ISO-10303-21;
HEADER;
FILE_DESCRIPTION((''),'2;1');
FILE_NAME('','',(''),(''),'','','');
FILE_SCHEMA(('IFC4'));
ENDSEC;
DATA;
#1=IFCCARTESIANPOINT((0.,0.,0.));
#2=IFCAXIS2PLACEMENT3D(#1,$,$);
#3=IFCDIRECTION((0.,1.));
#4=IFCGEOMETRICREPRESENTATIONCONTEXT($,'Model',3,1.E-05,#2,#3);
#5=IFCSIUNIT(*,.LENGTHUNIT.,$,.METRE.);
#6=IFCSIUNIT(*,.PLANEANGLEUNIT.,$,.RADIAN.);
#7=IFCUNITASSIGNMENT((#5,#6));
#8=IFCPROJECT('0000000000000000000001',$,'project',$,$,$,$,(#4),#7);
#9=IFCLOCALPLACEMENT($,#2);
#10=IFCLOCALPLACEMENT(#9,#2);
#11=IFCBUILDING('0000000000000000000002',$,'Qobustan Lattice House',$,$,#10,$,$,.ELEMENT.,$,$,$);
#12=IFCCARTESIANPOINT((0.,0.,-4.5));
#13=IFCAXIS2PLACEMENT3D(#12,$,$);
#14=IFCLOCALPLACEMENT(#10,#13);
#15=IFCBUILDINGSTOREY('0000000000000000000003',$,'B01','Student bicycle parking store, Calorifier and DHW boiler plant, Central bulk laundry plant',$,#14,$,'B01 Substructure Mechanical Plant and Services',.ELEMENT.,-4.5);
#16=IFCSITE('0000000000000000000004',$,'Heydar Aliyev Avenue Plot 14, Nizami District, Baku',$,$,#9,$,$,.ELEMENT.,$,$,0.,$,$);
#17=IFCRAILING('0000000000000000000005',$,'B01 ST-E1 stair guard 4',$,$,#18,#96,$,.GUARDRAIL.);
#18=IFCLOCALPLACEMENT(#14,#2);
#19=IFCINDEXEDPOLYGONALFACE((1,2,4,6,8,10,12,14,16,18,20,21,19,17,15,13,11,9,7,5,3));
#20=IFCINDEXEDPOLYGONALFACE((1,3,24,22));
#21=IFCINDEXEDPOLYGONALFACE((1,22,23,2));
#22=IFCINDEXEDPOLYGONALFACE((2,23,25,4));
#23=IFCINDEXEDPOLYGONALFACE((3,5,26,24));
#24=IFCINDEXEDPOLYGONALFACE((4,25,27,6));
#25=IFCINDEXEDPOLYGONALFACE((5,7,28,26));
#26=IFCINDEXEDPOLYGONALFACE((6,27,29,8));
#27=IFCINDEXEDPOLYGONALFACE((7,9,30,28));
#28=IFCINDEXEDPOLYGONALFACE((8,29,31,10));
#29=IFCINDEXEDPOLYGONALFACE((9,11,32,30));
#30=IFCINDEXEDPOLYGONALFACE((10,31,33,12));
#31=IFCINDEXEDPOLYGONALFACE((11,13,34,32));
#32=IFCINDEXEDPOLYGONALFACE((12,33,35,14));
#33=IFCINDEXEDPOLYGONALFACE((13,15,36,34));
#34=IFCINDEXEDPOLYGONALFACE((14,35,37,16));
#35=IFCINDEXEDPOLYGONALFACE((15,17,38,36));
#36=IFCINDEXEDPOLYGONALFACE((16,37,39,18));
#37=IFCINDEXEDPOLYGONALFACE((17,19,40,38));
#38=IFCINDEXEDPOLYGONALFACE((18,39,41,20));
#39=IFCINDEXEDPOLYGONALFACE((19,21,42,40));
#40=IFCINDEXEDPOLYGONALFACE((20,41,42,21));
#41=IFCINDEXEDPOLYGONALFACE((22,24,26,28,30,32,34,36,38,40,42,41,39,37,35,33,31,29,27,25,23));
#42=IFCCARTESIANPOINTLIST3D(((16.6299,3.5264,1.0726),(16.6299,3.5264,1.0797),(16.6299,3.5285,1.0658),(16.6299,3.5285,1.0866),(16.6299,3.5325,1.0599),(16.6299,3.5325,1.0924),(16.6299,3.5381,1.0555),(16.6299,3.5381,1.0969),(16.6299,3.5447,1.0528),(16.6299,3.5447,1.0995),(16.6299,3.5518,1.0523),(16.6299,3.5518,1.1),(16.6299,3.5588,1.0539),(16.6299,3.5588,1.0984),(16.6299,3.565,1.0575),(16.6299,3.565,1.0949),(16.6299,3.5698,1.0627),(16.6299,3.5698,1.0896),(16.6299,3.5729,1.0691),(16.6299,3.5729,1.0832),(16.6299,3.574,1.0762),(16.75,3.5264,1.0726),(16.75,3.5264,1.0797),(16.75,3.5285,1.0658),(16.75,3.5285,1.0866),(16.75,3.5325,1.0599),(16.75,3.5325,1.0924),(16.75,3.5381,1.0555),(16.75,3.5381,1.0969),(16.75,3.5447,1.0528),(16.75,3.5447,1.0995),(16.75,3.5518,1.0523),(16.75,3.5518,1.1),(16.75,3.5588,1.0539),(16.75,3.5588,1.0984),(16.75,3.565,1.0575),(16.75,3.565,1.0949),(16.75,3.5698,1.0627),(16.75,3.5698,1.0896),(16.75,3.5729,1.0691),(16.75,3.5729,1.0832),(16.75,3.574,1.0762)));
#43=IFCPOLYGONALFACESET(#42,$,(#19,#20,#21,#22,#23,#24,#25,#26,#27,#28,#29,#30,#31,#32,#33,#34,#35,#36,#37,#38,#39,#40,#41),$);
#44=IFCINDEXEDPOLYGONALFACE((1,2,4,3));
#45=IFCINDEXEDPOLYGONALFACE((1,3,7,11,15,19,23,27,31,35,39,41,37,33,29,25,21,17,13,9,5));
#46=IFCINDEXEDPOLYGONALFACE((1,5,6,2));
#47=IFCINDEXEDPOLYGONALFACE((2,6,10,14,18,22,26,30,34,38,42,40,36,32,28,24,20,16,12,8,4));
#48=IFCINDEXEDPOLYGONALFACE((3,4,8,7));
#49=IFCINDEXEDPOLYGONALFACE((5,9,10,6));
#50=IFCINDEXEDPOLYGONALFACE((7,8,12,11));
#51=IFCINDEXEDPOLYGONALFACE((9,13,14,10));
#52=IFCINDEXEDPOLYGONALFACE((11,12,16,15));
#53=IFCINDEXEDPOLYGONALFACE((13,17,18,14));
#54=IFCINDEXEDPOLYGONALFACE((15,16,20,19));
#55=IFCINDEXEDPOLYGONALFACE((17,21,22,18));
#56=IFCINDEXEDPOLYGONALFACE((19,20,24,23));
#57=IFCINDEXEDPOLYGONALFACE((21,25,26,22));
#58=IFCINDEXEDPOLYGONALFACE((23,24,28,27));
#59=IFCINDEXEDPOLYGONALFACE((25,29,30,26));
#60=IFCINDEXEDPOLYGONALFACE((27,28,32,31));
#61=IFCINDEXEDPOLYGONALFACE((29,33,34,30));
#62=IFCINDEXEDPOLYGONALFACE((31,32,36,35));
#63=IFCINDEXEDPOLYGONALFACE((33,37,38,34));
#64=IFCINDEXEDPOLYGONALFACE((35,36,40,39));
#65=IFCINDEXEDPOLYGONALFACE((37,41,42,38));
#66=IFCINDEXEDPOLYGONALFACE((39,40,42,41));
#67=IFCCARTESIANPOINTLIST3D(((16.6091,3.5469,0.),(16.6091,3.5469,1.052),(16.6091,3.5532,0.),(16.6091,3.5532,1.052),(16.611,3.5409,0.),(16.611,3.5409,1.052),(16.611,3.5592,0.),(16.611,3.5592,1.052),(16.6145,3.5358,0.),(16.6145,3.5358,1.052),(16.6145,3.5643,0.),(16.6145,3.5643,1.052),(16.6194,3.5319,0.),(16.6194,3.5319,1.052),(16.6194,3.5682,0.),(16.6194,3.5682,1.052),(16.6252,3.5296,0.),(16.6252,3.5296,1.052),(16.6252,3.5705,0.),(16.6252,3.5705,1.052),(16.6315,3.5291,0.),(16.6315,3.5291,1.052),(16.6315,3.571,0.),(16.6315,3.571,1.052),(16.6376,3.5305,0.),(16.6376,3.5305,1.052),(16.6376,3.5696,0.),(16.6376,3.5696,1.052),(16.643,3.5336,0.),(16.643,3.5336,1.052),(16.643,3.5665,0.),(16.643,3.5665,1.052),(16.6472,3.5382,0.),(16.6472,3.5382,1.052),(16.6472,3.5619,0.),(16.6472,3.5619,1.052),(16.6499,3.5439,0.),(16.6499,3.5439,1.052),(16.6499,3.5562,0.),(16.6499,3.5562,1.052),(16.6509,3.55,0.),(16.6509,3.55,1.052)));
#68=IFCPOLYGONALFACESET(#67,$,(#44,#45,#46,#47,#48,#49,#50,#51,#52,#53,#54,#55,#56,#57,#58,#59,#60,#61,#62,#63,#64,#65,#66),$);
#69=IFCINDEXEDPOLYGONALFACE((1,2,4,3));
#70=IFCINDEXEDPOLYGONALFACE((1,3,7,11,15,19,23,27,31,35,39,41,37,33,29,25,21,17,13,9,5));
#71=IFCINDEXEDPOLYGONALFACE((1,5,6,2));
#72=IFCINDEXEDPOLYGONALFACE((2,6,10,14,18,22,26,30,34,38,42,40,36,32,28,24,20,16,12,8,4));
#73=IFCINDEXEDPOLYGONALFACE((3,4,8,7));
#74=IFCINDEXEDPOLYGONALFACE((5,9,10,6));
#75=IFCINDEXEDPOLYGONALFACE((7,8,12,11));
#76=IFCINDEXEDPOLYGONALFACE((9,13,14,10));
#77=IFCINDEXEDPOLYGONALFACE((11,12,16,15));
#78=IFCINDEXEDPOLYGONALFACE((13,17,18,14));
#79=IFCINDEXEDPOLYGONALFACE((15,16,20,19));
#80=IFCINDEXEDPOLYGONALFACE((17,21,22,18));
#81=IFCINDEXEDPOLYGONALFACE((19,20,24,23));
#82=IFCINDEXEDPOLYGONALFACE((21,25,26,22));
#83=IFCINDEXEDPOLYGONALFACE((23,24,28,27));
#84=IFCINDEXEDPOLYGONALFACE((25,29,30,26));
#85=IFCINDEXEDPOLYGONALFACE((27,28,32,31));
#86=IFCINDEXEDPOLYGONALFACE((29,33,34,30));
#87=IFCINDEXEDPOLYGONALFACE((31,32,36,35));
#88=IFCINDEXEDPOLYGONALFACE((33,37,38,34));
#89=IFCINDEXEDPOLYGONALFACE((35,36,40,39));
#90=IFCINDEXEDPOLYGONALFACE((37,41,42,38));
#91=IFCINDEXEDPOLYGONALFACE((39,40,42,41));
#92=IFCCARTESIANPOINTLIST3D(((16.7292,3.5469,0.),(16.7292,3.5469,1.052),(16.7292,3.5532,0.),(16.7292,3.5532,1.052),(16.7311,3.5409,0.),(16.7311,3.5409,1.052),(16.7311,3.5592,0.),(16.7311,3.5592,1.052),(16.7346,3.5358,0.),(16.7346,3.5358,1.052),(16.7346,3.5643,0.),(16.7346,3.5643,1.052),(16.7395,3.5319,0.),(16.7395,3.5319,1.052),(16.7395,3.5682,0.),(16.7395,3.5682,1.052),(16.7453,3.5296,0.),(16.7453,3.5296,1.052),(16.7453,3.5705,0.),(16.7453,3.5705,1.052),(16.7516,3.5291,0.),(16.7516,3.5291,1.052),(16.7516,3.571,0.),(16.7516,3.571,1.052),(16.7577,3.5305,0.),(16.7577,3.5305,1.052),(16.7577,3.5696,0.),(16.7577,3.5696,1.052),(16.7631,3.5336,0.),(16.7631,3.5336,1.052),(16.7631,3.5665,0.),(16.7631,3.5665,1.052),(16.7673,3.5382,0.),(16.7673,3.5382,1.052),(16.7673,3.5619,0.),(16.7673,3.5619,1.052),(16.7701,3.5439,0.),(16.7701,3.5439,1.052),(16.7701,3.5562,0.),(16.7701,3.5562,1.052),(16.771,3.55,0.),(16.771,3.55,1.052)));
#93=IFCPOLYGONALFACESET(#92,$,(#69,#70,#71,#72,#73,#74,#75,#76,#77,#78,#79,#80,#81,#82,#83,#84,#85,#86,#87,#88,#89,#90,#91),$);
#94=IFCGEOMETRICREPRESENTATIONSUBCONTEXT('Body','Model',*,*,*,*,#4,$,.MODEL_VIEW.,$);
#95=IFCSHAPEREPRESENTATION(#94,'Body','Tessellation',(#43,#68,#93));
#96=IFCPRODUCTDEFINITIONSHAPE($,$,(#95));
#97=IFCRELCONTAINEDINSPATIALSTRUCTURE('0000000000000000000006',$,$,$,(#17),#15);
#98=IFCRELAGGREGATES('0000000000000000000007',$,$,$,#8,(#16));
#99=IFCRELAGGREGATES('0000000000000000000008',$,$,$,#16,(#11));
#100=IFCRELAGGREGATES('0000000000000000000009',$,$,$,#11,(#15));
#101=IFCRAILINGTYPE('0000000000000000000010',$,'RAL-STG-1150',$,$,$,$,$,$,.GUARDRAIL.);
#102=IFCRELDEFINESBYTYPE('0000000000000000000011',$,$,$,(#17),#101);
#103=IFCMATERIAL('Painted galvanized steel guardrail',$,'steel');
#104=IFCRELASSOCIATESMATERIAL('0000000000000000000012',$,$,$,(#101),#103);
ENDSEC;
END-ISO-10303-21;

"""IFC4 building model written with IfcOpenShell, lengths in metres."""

from ifc_helpers import new_model, si_unit, direction, frame, origin, origin_2d, place, context, subcontext, project, spatial, circle, extrude, material, type_object, element, save


model = new_model("IFC4")

# Units and contexts
model_context = context("Model", 3, precision=1e-05, world=origin(), true_north=direction((0.0, 1.0)))
body_context = subcontext(model_context, "Body", "Model", "MODEL_VIEW")
ifc_project = project(units=[si_unit("LENGTHUNIT", "METRE"), si_unit("PLANEANGLEUNIT", "RADIAN")], contexts=[model_context])

# Site, building, storey
site_placement = place(None, origin())
site = spatial("IfcSite", under=ifc_project, at=site_placement, Name="Heydar Aliyev Avenue Plot 14, Nizami District, Baku", CompositionType="ELEMENT", RefElevation=0.0)
building_placement = place(site_placement, origin())
building = spatial("IfcBuilding", under=site, at=building_placement, Name="Qobustan Lattice House", CompositionType="ELEMENT")
storey_placement = place(building_placement, frame((0.0, 0.0, -4.5)))
storey = spatial("IfcBuildingStorey", under=building, at=storey_placement, Name="B01", Description="Student bicycle parking store, Calorifier and DHW boiler plant, Central bulk laundry plant", LongName="B01 Substructure Mechanical Plant and Services", CompositionType="ELEMENT", Elevation=-4.5)

# Railing
ifc_material_1 = material(Name="Painted galvanized steel guardrail", Category="steel")
railing_type_1 = type_object("IfcRailingType", Name="RAL-STG-1150", PredefinedType="GUARDRAIL", material=ifc_material_1)
railing_1_placement = place(storey_placement, frame((16.6299, 3.55, 0.0)))
element("IfcRailing", 1, at=railing_1_placement, inside=storey, type_object=railing_type_1, Name="B01 ST-E1 stair guard 4", PredefinedType="GUARDRAIL", context=body_context, shape_type="SweptSolid", body=[
    extrude(circle(Radius=0.0239, at=origin_2d()), frame((0.0, 0.0, 1.0762), z_axis=(1.0, 0.0, 0.0), x_axis=(0.0, 1.0, 0.0)), (0.0, 0.0, 1.0), 0.1201),
    extrude(circle(Radius=0.021, at=origin_2d()), origin(), (0.0, 0.0, 1.0), 1.052),
    extrude(circle(Radius=0.021, at=origin_2d()), frame((0.1201, 0.0, 0.0)), (0.0, 0.0, 1.0), 1.052),
])

save(model, "model.ifc")
